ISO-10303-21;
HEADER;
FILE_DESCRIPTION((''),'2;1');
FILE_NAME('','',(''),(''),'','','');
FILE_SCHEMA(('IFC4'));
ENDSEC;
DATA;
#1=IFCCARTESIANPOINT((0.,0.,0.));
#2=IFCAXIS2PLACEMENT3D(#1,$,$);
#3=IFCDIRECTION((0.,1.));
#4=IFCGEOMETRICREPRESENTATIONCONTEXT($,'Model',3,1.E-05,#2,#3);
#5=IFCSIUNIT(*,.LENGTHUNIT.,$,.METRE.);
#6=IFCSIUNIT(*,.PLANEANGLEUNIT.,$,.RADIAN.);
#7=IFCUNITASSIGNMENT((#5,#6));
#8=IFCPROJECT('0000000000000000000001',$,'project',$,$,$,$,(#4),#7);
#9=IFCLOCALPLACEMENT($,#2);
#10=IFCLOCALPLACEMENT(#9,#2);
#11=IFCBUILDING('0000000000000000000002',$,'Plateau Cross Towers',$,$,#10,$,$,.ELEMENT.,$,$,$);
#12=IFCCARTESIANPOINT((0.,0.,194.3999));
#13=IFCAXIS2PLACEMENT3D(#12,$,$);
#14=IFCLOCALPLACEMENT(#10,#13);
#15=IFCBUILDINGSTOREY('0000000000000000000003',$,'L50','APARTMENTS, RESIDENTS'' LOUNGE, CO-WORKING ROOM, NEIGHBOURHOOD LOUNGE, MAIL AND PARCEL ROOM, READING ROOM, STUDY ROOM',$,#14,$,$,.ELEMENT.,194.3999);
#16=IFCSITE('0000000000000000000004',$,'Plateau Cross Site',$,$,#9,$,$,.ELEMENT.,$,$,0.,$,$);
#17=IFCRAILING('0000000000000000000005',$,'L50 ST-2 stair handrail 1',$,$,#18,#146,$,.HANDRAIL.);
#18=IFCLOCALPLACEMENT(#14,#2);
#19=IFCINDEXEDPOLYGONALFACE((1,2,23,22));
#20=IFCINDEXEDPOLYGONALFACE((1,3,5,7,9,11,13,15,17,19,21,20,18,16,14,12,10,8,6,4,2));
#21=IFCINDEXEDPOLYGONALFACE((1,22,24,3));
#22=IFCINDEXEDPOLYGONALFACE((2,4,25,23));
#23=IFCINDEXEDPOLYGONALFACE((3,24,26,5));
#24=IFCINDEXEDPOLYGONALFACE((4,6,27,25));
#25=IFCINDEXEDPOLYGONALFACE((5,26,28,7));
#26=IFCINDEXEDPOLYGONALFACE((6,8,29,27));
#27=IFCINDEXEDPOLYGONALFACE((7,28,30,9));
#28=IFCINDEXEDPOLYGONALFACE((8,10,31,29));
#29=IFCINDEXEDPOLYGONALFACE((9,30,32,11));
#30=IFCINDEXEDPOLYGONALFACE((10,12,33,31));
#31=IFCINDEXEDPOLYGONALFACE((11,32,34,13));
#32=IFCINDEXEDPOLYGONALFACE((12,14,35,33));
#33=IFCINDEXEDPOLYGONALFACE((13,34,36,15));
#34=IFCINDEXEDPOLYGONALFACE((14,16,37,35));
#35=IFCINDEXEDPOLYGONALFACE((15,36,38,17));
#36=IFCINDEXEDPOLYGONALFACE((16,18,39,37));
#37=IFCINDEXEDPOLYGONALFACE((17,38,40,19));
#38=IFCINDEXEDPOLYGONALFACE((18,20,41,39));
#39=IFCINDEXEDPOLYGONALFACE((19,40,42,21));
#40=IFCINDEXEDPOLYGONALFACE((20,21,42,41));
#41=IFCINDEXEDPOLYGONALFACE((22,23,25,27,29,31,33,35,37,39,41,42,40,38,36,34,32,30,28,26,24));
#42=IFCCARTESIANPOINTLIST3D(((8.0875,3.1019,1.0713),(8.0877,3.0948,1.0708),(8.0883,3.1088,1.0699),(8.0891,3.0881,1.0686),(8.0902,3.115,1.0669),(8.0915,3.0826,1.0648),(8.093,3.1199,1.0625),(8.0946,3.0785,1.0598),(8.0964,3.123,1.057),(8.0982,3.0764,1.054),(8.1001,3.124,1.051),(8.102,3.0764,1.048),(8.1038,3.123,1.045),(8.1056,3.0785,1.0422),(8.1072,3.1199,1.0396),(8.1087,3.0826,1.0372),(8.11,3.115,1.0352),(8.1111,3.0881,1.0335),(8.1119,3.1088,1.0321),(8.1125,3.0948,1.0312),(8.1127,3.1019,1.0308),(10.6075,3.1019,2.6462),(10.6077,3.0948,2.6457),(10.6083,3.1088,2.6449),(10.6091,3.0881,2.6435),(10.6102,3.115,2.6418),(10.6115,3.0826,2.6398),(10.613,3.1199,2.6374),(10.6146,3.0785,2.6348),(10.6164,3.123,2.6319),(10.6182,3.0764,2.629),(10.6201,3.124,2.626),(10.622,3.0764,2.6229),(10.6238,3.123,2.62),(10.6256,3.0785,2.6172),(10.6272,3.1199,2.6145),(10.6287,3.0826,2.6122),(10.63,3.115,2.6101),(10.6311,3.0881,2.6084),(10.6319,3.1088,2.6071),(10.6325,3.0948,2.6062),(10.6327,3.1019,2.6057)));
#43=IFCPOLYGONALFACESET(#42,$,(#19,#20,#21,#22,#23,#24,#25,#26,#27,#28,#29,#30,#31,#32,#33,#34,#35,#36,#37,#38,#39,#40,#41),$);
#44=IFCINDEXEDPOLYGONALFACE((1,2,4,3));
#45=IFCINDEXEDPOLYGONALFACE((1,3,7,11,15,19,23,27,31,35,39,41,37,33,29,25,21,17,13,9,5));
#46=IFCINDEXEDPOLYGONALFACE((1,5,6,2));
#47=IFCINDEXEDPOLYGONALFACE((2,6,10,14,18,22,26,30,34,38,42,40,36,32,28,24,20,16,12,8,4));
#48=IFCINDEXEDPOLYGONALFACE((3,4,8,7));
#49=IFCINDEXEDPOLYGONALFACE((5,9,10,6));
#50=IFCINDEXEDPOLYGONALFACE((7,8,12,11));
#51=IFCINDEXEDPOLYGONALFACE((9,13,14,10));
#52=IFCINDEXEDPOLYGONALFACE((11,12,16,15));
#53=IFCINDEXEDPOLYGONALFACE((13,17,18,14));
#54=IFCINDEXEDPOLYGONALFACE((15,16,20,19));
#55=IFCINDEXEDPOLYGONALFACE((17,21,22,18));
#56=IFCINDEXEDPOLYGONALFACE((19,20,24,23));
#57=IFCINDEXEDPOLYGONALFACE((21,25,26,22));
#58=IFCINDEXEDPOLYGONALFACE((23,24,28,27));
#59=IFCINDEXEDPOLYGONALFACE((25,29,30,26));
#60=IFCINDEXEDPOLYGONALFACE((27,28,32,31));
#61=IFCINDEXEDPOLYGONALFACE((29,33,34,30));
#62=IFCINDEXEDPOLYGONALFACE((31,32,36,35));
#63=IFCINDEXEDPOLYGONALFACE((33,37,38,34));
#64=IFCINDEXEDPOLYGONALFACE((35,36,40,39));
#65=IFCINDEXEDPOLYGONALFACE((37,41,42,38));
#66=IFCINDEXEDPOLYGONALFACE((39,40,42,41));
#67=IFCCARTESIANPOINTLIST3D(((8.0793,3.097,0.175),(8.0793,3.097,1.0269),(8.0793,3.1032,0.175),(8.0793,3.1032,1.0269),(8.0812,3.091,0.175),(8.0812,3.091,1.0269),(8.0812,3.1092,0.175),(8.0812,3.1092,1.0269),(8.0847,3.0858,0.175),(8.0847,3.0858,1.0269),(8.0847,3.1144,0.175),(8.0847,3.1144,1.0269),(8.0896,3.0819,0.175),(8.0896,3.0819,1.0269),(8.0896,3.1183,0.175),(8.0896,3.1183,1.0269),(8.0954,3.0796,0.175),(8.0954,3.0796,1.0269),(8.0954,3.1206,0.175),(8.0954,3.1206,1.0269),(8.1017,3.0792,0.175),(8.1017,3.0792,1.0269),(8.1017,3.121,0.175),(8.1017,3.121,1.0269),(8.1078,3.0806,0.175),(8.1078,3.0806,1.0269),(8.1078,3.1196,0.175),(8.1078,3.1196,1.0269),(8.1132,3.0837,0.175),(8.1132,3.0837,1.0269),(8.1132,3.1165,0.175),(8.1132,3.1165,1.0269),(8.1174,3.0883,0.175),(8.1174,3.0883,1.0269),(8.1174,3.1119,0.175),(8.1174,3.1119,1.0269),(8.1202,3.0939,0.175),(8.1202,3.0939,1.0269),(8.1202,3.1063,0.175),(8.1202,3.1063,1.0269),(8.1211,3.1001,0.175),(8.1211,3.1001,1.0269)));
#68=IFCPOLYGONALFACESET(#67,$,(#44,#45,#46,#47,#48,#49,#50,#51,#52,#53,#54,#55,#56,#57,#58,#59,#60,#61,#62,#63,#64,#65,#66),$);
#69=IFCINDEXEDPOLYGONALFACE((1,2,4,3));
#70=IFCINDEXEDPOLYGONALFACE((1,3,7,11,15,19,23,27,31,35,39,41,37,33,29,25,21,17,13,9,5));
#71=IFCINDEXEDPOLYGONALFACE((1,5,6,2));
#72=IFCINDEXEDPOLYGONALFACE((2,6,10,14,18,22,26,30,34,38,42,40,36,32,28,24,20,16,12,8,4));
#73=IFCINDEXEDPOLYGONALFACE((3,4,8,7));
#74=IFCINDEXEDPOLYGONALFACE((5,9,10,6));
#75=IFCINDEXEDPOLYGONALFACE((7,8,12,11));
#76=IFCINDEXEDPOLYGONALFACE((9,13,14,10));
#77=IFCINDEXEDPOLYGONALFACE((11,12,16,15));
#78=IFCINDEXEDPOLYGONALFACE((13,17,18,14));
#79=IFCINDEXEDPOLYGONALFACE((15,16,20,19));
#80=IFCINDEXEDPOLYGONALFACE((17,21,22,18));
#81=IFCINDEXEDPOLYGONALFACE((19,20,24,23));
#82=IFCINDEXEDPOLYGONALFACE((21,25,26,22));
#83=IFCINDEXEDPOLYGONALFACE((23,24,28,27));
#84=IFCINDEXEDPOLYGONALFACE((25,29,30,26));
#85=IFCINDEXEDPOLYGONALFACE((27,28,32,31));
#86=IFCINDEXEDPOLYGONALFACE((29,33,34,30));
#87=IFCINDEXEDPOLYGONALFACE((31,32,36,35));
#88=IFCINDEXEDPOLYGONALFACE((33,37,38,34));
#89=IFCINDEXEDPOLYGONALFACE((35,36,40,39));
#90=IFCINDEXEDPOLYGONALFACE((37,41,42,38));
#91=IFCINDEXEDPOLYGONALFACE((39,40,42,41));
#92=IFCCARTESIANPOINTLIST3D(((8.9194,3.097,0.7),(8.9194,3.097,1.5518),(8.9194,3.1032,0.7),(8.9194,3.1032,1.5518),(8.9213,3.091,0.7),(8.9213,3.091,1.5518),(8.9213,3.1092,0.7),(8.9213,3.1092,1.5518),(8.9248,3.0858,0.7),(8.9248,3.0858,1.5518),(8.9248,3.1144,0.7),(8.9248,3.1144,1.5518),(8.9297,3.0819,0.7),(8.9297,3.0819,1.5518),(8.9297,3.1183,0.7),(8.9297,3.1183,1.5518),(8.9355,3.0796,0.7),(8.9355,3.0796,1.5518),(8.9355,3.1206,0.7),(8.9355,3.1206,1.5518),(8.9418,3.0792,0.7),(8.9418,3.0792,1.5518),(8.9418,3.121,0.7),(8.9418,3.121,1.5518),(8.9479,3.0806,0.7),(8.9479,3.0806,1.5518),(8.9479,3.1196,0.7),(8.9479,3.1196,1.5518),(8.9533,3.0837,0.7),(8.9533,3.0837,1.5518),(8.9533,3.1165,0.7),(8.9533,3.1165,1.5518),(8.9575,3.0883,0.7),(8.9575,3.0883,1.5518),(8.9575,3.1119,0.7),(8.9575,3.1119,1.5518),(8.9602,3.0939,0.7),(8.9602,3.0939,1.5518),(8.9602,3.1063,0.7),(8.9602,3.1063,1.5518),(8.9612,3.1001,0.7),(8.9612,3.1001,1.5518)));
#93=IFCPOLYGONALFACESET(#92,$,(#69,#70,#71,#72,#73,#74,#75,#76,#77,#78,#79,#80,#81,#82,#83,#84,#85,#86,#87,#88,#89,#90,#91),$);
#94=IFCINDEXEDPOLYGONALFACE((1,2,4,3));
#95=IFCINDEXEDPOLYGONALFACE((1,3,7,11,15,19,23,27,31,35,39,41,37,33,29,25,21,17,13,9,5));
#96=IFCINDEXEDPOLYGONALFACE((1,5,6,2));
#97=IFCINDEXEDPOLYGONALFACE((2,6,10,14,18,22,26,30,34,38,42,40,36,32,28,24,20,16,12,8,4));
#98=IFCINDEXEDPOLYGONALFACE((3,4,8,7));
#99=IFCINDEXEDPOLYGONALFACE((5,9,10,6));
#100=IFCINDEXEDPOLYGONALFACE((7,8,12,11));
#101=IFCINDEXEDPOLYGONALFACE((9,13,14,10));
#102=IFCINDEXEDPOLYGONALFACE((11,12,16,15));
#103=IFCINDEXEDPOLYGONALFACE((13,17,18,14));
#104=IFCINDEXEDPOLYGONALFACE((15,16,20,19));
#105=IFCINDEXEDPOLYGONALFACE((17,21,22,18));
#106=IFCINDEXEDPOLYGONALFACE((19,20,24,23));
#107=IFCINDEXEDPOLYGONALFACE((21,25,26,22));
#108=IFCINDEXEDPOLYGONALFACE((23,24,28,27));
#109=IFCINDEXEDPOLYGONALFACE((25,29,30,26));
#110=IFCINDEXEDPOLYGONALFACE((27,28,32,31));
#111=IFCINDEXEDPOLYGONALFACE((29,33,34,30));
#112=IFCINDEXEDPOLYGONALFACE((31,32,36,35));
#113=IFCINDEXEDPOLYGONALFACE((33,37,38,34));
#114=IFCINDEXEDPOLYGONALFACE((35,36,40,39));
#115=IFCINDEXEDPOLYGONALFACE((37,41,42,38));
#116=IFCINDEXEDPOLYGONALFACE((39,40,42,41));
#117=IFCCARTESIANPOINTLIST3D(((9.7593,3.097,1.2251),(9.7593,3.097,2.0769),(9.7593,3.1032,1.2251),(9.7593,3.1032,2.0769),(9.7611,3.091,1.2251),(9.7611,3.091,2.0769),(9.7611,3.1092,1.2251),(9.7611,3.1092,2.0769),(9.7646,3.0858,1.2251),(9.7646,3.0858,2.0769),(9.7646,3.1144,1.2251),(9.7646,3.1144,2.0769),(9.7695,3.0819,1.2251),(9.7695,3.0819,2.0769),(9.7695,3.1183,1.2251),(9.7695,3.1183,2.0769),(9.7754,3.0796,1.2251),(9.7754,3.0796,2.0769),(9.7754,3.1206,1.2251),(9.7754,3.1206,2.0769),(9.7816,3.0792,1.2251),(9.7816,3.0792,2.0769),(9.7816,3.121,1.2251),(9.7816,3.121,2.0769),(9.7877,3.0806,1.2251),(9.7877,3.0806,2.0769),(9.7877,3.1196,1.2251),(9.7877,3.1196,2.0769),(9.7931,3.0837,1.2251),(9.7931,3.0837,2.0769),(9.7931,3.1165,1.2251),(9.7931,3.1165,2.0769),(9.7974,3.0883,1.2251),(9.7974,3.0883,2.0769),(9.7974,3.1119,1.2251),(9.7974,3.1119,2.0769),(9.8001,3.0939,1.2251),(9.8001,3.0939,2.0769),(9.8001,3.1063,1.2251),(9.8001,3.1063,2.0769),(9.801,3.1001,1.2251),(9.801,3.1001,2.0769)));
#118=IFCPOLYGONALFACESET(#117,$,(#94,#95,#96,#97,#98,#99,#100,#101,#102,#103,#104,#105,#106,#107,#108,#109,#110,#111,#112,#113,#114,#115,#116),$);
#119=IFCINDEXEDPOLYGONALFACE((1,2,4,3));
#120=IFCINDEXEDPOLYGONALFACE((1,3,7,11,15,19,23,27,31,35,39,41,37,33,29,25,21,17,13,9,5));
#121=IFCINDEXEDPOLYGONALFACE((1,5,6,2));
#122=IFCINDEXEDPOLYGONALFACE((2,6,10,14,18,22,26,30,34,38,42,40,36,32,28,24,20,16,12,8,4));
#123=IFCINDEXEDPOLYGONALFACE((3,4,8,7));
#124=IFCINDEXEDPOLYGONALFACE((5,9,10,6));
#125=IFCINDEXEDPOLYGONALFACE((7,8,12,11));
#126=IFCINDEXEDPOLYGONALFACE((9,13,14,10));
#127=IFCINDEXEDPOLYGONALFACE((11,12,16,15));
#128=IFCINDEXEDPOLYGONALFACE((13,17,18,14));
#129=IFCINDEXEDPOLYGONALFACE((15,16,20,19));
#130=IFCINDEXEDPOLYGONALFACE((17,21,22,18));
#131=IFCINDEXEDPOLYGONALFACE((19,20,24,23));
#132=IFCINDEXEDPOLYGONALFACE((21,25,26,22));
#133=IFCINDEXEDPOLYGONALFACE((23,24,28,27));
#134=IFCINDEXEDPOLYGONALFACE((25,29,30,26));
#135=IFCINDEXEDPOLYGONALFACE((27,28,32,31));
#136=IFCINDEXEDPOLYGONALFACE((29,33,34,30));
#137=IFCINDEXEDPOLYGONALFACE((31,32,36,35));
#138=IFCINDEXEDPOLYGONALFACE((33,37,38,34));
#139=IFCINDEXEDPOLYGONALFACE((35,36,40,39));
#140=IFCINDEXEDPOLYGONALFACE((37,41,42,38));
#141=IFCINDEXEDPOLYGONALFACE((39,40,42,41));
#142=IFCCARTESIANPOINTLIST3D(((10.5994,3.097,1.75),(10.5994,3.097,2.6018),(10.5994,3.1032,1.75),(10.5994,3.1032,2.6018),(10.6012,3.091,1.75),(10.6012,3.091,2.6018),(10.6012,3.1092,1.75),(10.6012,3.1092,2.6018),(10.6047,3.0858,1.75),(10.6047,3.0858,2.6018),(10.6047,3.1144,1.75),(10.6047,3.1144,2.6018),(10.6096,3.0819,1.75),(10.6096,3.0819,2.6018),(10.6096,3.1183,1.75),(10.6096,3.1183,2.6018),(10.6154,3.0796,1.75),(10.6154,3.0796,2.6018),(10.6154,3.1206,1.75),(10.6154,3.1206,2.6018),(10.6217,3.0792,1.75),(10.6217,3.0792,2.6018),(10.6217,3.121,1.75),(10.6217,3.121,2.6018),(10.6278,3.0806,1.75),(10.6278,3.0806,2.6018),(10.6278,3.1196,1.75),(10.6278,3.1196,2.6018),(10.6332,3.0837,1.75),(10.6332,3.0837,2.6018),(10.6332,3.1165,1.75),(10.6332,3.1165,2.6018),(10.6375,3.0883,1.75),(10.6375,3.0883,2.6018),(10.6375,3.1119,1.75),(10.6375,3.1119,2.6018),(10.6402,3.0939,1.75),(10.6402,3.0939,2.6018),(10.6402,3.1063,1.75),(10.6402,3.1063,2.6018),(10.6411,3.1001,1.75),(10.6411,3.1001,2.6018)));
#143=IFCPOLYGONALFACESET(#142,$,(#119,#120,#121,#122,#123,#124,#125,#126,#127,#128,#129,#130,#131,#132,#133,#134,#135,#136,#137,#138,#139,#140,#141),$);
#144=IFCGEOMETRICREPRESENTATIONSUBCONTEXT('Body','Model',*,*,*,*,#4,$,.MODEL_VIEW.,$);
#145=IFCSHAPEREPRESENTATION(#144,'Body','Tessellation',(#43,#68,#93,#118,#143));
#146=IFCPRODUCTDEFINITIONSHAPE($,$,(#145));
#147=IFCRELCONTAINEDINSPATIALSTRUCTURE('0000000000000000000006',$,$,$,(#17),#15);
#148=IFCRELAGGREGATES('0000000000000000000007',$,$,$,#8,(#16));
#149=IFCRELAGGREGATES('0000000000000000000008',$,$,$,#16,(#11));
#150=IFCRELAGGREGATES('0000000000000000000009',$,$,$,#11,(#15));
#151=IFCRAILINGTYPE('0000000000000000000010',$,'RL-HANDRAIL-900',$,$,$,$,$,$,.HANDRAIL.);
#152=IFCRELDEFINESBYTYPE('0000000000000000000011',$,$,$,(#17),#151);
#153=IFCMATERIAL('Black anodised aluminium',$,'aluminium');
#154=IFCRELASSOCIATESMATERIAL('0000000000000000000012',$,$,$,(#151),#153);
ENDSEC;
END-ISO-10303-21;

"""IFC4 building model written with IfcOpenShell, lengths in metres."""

from ifc_helpers import new_model, si_unit, direction, frame, origin, origin_2d, place, context, subcontext, project, spatial, circle, extrude, material, type_object, element, save


model = new_model("IFC4")

# Units and contexts
model_context = context("Model", 3, precision=1e-05, world=origin(), true_north=direction((0.0, 1.0)))
body_context = subcontext(model_context, "Body", "Model", "MODEL_VIEW")
ifc_project = project(units=[si_unit("LENGTHUNIT", "METRE"), si_unit("PLANEANGLEUNIT", "RADIAN")], contexts=[model_context])

# Site, building, storey
site_placement = place(None, origin())
site = spatial("IfcSite", under=ifc_project, at=site_placement, Name="Plateau Cross Site", CompositionType="ELEMENT", RefElevation=0.0)
building_placement = place(site_placement, origin())
building = spatial("IfcBuilding", under=site, at=building_placement, Name="Plateau Cross Towers", CompositionType="ELEMENT")
storey_placement = place(building_placement, frame((0.0, 0.0, 194.3999)))
storey = spatial("IfcBuildingStorey", under=building, at=storey_placement, Name="L50", Description="APARTMENTS, RESIDENTS' LOUNGE, CO-WORKING ROOM, NEIGHBOURHOOD LOUNGE, MAIL AND PARCEL ROOM, READING ROOM, STUDY ROOM", CompositionType="ELEMENT", Elevation=194.3999)

# Shared definitions
ifc_material_1 = material(Name="Black anodised aluminium", Category="aluminium")

# Railing
railing_type_1 = type_object("IfcRailingType", Name="RL-HANDRAIL-900", PredefinedType="HANDRAIL", material=ifc_material_1)
railing_1_placement = place(storey_placement, frame((8.1001, 3.1001, 0.175)))
element("IfcRailing", 1, at=railing_1_placement, inside=storey, type_object=railing_type_1, Name="L50 ST-2 stair handrail 1", PredefinedType="HANDRAIL", context=body_context, shape_type="SweptSolid", body=[
    extrude(circle(Radius=0.0239, at=origin_2d()), frame((0.0, 0.0, 0.876), z_axis=(0.848008, 0.0, 0.529984), x_axis=(0.0, 1.0, 0.0)), (0.0, 0.0, 1.0), 2.9717),
    extrude(circle(Radius=0.021, at=origin_2d()), origin(), (0.0, 0.0, 1.0), 0.8518),
    extrude(circle(Radius=0.021, at=origin_2d()), frame((0.8401, 0.0, 0.5249)), (0.0, 0.0, 1.0), 0.8518),
    extrude(circle(Radius=0.021, at=origin_2d()), frame((1.6799, 0.0, 1.05)), (0.0, 0.0, 1.0), 0.8518),
    extrude(circle(Radius=0.021, at=origin_2d()), frame((2.52, 0.0, 1.575)), (0.0, 0.0, 1.0), 0.8518),
])

save(model, "model.ifc")
